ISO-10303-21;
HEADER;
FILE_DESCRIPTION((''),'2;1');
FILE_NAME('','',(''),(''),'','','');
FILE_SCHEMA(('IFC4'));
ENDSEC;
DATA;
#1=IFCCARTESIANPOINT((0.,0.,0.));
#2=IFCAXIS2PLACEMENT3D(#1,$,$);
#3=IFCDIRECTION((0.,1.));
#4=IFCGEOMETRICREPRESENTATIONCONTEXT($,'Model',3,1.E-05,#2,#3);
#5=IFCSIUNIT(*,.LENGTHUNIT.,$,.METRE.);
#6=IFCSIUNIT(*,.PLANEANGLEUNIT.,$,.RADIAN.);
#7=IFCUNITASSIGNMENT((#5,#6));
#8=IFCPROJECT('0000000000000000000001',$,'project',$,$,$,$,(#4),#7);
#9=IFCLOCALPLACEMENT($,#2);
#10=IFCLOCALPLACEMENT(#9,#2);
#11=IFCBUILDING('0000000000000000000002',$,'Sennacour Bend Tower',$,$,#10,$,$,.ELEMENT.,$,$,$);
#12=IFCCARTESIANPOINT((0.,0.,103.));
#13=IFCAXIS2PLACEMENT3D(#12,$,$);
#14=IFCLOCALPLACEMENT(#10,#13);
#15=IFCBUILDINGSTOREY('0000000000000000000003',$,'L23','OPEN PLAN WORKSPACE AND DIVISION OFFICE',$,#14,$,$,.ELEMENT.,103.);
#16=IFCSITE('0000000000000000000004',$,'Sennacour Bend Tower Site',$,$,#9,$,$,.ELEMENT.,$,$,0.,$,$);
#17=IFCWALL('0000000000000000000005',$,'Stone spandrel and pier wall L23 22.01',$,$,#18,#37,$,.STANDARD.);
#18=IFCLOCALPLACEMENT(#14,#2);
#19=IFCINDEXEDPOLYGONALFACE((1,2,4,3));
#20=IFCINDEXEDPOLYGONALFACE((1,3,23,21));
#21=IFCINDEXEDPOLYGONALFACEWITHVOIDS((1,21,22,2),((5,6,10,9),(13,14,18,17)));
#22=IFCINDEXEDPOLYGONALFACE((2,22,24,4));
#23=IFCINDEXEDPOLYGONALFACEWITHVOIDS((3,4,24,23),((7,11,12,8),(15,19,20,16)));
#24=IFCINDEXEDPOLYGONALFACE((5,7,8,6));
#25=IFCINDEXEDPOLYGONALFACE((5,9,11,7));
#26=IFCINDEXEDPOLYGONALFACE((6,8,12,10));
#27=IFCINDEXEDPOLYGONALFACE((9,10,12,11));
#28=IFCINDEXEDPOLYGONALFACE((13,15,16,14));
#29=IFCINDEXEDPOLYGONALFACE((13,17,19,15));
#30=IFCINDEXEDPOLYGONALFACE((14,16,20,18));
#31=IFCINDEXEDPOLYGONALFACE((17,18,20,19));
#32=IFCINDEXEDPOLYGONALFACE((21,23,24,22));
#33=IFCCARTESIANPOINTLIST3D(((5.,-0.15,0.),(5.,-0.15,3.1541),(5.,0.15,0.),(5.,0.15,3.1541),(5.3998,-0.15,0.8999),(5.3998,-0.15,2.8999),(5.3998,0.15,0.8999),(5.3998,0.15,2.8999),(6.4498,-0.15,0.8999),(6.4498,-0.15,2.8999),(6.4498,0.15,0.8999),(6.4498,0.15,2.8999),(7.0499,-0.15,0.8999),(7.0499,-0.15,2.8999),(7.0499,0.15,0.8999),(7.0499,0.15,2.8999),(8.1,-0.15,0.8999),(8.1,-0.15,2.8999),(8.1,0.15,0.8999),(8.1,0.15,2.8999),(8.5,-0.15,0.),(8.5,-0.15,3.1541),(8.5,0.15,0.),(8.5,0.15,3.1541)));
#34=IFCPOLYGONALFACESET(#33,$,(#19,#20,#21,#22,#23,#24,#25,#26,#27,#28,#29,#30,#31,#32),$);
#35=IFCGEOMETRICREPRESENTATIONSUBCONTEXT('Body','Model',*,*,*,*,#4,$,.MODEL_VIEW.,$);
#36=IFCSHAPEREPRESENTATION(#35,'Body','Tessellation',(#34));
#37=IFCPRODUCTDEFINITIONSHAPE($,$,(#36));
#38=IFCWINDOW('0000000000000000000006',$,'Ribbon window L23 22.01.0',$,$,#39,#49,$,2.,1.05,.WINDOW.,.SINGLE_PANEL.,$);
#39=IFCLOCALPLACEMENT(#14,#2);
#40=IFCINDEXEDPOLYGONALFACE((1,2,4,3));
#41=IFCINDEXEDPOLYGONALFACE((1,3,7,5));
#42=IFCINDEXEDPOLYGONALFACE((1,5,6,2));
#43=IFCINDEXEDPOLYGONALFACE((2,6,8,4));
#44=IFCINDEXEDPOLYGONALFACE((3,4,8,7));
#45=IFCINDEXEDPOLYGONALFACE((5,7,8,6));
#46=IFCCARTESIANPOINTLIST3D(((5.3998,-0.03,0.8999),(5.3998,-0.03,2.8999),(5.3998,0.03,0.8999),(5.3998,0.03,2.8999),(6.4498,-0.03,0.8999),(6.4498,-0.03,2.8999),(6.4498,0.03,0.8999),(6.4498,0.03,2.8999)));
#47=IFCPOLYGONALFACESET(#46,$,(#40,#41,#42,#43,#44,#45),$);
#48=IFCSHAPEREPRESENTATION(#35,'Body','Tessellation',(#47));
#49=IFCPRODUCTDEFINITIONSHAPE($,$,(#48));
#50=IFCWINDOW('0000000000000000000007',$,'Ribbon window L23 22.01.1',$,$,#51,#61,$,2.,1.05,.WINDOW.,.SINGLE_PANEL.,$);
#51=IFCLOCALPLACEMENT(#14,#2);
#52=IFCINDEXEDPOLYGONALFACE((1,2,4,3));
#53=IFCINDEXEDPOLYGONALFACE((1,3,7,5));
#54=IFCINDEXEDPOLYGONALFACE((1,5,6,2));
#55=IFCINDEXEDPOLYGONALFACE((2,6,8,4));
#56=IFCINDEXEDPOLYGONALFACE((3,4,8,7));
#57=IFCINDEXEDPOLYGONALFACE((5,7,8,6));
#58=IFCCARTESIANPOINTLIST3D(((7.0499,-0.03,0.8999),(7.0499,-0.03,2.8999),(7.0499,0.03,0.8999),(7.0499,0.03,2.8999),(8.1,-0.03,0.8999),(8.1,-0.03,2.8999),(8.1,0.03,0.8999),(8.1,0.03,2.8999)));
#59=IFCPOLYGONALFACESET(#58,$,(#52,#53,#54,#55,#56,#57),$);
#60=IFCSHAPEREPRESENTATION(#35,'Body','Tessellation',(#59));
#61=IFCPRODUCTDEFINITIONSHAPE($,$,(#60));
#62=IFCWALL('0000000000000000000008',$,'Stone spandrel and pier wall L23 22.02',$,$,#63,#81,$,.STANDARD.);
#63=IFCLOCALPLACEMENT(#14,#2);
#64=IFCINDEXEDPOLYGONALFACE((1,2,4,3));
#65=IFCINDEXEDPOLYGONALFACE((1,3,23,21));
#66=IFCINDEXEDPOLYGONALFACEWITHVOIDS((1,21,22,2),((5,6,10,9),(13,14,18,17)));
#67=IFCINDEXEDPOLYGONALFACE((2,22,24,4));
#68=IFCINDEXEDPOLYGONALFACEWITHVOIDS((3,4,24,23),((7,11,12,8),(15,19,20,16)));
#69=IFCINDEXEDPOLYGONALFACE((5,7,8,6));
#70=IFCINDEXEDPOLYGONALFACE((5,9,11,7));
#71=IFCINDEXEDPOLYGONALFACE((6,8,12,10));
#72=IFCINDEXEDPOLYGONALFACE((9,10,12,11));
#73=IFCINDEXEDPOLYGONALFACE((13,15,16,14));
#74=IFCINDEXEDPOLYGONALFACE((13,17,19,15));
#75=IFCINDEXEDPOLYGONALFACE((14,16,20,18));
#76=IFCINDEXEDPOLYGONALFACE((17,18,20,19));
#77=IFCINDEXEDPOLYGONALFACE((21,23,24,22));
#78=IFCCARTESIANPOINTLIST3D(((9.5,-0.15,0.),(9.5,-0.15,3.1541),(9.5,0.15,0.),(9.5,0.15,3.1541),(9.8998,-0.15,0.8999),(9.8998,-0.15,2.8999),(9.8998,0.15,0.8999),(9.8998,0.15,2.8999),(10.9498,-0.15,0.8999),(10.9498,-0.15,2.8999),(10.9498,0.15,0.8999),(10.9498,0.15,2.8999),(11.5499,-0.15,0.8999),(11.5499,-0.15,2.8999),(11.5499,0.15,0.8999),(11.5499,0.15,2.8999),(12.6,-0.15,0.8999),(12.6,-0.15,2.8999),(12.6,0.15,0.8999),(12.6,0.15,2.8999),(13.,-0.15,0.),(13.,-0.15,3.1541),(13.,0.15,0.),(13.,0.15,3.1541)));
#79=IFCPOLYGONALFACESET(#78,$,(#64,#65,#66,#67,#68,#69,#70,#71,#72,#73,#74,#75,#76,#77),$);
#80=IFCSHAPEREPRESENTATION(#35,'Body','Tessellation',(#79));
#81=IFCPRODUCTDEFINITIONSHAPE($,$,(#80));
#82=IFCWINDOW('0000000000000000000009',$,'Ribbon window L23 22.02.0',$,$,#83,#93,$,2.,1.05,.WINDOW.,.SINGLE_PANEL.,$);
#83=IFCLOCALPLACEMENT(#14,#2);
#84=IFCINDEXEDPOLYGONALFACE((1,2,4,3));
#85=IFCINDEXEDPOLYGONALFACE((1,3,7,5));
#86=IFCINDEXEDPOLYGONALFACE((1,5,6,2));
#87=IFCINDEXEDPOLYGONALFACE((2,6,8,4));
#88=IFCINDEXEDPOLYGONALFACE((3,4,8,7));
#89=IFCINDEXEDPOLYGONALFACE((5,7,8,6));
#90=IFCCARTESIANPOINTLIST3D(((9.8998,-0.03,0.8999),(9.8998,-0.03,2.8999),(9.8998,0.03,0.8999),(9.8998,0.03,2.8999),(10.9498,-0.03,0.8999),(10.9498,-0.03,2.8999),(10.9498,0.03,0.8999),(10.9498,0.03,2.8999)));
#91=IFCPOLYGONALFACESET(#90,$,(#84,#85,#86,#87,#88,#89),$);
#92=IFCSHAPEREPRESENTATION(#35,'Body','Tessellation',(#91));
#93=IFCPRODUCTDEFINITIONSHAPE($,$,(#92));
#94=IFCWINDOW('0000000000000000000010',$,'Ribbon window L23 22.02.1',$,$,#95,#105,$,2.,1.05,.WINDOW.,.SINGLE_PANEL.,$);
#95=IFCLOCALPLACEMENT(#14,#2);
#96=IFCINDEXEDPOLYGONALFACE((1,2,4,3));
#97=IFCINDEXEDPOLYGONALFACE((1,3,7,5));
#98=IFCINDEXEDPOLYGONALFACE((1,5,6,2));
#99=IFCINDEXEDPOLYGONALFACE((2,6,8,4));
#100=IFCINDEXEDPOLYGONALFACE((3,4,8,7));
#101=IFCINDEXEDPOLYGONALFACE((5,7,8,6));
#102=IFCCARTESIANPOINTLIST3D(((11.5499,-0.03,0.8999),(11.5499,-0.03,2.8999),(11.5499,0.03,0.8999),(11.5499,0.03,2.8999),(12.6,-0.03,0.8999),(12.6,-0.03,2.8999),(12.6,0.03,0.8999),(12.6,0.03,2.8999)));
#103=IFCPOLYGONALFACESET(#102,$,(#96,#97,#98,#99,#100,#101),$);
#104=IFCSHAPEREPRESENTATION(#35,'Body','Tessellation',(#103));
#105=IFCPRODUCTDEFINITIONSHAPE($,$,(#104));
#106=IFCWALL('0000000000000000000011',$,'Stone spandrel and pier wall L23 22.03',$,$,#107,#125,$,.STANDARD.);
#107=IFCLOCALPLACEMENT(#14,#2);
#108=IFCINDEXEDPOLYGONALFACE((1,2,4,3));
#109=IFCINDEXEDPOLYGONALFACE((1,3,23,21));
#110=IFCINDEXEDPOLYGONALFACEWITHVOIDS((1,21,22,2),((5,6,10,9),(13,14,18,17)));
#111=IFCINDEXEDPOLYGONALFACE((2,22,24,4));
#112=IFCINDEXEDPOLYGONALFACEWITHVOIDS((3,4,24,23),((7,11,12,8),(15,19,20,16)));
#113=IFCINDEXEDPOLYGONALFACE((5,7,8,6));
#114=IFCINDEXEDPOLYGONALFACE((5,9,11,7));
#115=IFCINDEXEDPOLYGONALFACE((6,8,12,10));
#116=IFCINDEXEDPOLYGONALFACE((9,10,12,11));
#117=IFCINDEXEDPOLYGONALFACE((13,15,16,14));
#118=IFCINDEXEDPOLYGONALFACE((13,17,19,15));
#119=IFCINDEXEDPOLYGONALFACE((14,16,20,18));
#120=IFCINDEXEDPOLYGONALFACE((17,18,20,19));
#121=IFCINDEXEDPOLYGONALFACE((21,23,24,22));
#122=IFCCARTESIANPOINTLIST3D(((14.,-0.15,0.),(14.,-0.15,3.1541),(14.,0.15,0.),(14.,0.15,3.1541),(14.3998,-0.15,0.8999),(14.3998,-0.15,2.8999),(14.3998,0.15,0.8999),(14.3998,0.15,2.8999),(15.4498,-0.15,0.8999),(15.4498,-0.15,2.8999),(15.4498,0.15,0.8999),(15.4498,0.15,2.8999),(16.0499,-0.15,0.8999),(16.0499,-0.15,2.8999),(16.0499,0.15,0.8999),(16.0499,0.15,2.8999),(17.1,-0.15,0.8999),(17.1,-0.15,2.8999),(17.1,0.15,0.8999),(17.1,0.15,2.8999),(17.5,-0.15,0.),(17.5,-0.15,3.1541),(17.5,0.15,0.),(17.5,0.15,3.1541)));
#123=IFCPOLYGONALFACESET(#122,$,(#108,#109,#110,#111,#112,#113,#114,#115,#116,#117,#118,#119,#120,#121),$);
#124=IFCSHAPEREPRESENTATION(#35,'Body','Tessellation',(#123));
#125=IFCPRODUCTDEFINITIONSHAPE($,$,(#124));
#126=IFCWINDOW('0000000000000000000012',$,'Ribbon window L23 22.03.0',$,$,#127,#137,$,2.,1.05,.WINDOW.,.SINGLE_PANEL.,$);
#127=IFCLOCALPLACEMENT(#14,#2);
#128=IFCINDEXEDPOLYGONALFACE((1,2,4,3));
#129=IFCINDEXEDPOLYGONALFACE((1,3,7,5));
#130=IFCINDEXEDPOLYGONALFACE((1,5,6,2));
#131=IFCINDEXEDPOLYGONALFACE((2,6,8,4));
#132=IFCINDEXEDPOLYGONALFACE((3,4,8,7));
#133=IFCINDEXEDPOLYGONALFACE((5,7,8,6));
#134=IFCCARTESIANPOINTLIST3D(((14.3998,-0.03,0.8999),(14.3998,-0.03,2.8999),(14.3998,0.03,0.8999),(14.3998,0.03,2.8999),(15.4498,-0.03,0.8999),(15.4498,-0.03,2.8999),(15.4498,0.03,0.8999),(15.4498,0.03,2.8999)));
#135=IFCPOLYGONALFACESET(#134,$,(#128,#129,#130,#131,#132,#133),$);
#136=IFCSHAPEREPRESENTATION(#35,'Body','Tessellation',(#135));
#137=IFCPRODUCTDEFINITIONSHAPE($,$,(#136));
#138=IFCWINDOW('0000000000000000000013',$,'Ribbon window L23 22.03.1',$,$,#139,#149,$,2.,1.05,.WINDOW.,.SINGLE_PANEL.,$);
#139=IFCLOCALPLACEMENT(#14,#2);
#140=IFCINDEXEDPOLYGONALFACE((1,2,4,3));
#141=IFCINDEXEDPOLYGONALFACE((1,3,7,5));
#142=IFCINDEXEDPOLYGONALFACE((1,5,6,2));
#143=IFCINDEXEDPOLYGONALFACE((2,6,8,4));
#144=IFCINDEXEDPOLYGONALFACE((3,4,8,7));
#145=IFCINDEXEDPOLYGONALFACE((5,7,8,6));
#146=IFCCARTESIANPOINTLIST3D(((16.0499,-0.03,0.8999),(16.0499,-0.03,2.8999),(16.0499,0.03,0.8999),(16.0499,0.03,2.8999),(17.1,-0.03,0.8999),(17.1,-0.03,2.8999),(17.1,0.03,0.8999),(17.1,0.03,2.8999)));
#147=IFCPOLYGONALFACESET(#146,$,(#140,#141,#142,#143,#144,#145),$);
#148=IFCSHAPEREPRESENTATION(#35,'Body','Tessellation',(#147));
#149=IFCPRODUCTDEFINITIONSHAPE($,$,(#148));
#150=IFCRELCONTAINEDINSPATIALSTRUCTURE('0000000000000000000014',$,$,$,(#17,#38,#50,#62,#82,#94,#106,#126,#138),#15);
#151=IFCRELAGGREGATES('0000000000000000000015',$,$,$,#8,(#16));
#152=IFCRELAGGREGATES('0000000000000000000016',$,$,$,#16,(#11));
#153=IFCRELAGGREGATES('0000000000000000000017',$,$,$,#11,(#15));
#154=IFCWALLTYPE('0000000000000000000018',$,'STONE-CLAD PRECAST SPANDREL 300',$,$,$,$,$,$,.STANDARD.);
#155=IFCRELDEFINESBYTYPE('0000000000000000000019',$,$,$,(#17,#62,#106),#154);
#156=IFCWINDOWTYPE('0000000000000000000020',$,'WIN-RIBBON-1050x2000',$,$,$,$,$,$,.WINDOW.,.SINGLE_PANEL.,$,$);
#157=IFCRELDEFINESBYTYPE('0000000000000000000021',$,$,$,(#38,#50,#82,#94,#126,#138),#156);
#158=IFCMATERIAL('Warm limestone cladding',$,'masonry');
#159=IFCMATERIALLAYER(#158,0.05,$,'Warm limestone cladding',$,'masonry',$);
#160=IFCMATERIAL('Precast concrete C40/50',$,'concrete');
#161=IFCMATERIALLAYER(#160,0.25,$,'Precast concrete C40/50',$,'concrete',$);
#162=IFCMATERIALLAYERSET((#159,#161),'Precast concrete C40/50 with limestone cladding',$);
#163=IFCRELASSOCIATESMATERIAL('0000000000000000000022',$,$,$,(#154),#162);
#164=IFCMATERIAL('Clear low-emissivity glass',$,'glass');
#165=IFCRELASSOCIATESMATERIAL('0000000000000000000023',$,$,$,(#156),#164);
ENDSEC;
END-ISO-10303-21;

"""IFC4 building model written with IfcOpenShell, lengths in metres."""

from ifc_helpers import new_model, si_unit, direction, frame, frame_2d, origin, place, context, subcontext, project, spatial, rectangle, extrude, material, layer, layer_set, type_object, element, fill, save


model = new_model("IFC4")

# Units and contexts
model_context = context("Model", 3, precision=1e-05, world=origin(), true_north=direction((0.0, 1.0)))
body_context = subcontext(model_context, "Body", "Model", "MODEL_VIEW")
ifc_project = project(units=[si_unit("LENGTHUNIT", "METRE"), si_unit("PLANEANGLEUNIT", "RADIAN")], contexts=[model_context])

# Site, building, storey
site_placement = place(None, origin())
site = spatial("IfcSite", under=ifc_project, at=site_placement, Name="Sennacour Bend Tower Site", CompositionType="ELEMENT", RefElevation=0.0)
building_placement = place(site_placement, origin())
building = spatial("IfcBuilding", under=site, at=building_placement, Name="Sennacour Bend Tower", CompositionType="ELEMENT")
storey_placement = place(building_placement, frame((0.0, 0.0, 103.0)))
storey = spatial("IfcBuildingStorey", under=building, at=storey_placement, Name="L23", Description="OPEN PLAN WORKSPACE AND DIVISION OFFICE", CompositionType="ELEMENT", Elevation=103.0)

# Walls, openings, windows
ifc_material_1 = material(Name="Warm limestone cladding", Category="masonry")
ifc_layer_1 = layer(ifc_material_1, 0.05, Name="Warm limestone cladding", Category="masonry")
ifc_material_2 = material(Name="Precast concrete C40/50", Category="concrete")
ifc_layer_2 = layer(ifc_material_2, 0.25, Name="Precast concrete C40/50", Category="concrete")
ifc_layer_set_1 = layer_set([ifc_layer_1, ifc_layer_2], Name="Precast concrete C40/50 with limestone cladding")
wall_type_1 = type_object("IfcWallType", Name="STONE-CLAD PRECAST SPANDREL 300", PredefinedType="STANDARD", material=ifc_layer_set_1)
wall_1_placement = place(storey_placement, frame((5.0, 0.0, 0.0), z_axis=(0.0, 0.0, 1.0), x_axis=(1.0, 0.0, 0.0)))
wall_1 = element("IfcWall", 1, at=wall_1_placement, inside=storey, type_object=wall_type_1, Name="Stone spandrel and pier wall L23 22.01", PredefinedType="STANDARD", context=body_context, shape_type="SweptSolid", body=[
    extrude(rectangle(XDim=3.5, YDim=0.3, at=frame_2d((1.75, 0.0))), origin(), (0.0, 0.0, 1.0), 3.1541),
])
opening_1_placement = place(wall_1_placement, frame((0.3999, 0.0, 0.8999)))
opening_1 = element("IfcOpeningElement", 2, at=opening_1_placement, cuts=wall_1, PredefinedType="OPENING", context=body_context, shape_type="SweptSolid", body=[
    extrude(rectangle(XDim=1.05, YDim=2.0, at=frame_2d((0.5249, 1.0))), frame((0.0, 0.1602, 0.0), z_axis=(0.0, -1.0, 0.0), x_axis=(1.0, 0.0, 0.0)), (0.0, 0.0, 1.0), 0.3201),
])
opening_2_placement = place(wall_1_placement, frame((2.05, 0.0, 0.8999)))
opening_2 = element("IfcOpeningElement", 3, at=opening_2_placement, cuts=wall_1, PredefinedType="OPENING", context=body_context, shape_type="SweptSolid", body=[
    extrude(rectangle(XDim=1.05, YDim=2.0, at=frame_2d((0.5249, 1.0))), frame((0.0, 0.1602, 0.0), z_axis=(0.0, -1.0, 0.0), x_axis=(1.0, 0.0, 0.0)), (0.0, 0.0, 1.0), 0.3201),
])
ifc_material_3 = material(Name="Clear low-emissivity glass", Category="glass")
window_type = type_object("IfcWindowType", Name="WIN-RIBBON-1050x2000", PartitioningType="SINGLE_PANEL", PredefinedType="WINDOW", material=ifc_material_3)
window_1_placement = place(opening_1_placement, origin())
window_1 = element("IfcWindow", 4, at=window_1_placement, inside=storey, type_object=window_type, Name="Ribbon window L23 22.01.0", OverallHeight=2.0, OverallWidth=1.05, PartitioningType="SINGLE_PANEL", PredefinedType="WINDOW", context=body_context, shape_type="SweptSolid", body=[
    extrude(rectangle(XDim=1.05, YDim=2.0, at=frame_2d((0.5249, 1.0))), frame((0.0, 0.03, 0.0), z_axis=(0.0, -1.0, 0.0), x_axis=(1.0, 0.0, 0.0)), (0.0, 0.0, 1.0), 0.0601),
])
fill(opening_1, window_1)
window_2_placement = place(opening_2_placement, origin())
window_2 = element("IfcWindow", 5, at=window_2_placement, inside=storey, type_object=window_type, Name="Ribbon window L23 22.01.1", OverallHeight=2.0, OverallWidth=1.05, PartitioningType="SINGLE_PANEL", PredefinedType="WINDOW", context=body_context, shape_type="SweptSolid", body=[
    extrude(rectangle(XDim=1.05, YDim=2.0, at=frame_2d((0.5249, 1.0))), frame((0.0, 0.03, 0.0), z_axis=(0.0, -1.0, 0.0), x_axis=(1.0, 0.0, 0.0)), (0.0, 0.0, 1.0), 0.0601),
])
fill(opening_2, window_2)
wall_2_placement = place(storey_placement, frame((9.5, 0.0, 0.0), z_axis=(0.0, 0.0, 1.0), x_axis=(1.0, 0.0, 0.0)))
wall_2 = element("IfcWall", 6, at=wall_2_placement, inside=storey, type_object=wall_type_1, Name="Stone spandrel and pier wall L23 22.02", PredefinedType="STANDARD", context=body_context, shape_type="SweptSolid", body=[
    extrude(rectangle(XDim=3.5, YDim=0.3, at=frame_2d((1.75, 0.0))), origin(), (0.0, 0.0, 1.0), 3.1541),
])
opening_3_placement = place(wall_2_placement, frame((0.3999, 0.0, 0.8999)))
opening_3 = element("IfcOpeningElement", 7, at=opening_3_placement, cuts=wall_2, PredefinedType="OPENING", context=body_context, shape_type="SweptSolid", body=[
    extrude(rectangle(XDim=1.05, YDim=2.0, at=frame_2d((0.5249, 1.0))), frame((0.0, 0.1602, 0.0), z_axis=(0.0, -1.0, 0.0), x_axis=(1.0, 0.0, 0.0)), (0.0, 0.0, 1.0), 0.3201),
])
opening_4_placement = place(wall_2_placement, frame((2.05, 0.0, 0.8999)))
opening_4 = element("IfcOpeningElement", 8, at=opening_4_placement, cuts=wall_2, PredefinedType="OPENING", context=body_context, shape_type="SweptSolid", body=[
    extrude(rectangle(XDim=1.05, YDim=2.0, at=frame_2d((0.5249, 1.0))), frame((0.0, 0.1602, 0.0), z_axis=(0.0, -1.0, 0.0), x_axis=(1.0, 0.0, 0.0)), (0.0, 0.0, 1.0), 0.3201),
])
window_3_placement = place(opening_3_placement, origin())
window_3 = element("IfcWindow", 9, at=window_3_placement, inside=storey, type_object=window_type, Name="Ribbon window L23 22.02.0", OverallHeight=2.0, OverallWidth=1.05, PartitioningType="SINGLE_PANEL", PredefinedType="WINDOW", context=body_context, shape_type="SweptSolid", body=[
    extrude(rectangle(XDim=1.05, YDim=2.0, at=frame_2d((0.5249, 1.0))), frame((0.0, 0.03, 0.0), z_axis=(0.0, -1.0, 0.0), x_axis=(1.0, 0.0, 0.0)), (0.0, 0.0, 1.0), 0.0601),
])
fill(opening_3, window_3)
window_4_placement = place(opening_4_placement, origin())
window_4 = element("IfcWindow", 10, at=window_4_placement, inside=storey, type_object=window_type, Name="Ribbon window L23 22.02.1", OverallHeight=2.0, OverallWidth=1.05, PartitioningType="SINGLE_PANEL", PredefinedType="WINDOW", context=body_context, shape_type="SweptSolid", body=[
    extrude(rectangle(XDim=1.05, YDim=2.0, at=frame_2d((0.5249, 1.0))), frame((0.0, 0.03, 0.0), z_axis=(0.0, -1.0, 0.0), x_axis=(1.0, 0.0, 0.0)), (0.0, 0.0, 1.0), 0.0601),
])
fill(opening_4, window_4)
wall_3_placement = place(storey_placement, frame((14.0, 0.0, 0.0), z_axis=(0.0, 0.0, 1.0), x_axis=(1.0, 0.0, 0.0)))
wall_3 = element("IfcWall", 11, at=wall_3_placement, inside=storey, type_object=wall_type_1, Name="Stone spandrel and pier wall L23 22.03", PredefinedType="STANDARD", context=body_context, shape_type="SweptSolid", body=[
    extrude(rectangle(XDim=3.5, YDim=0.3, at=frame_2d((1.75, 0.0))), origin(), (0.0, 0.0, 1.0), 3.1541),
])
opening_5_placement = place(wall_3_placement, frame((0.3999, 0.0, 0.8999)))
opening_5 = element("IfcOpeningElement", 12, at=opening_5_placement, cuts=wall_3, PredefinedType="OPENING", context=body_context, shape_type="SweptSolid", body=[
    extrude(rectangle(XDim=1.05, YDim=2.0, at=frame_2d((0.5249, 1.0))), frame((0.0, 0.1602, 0.0), z_axis=(0.0, -1.0, 0.0), x_axis=(1.0, 0.0, 0.0)), (0.0, 0.0, 1.0), 0.3201),
])
opening_6_placement = place(wall_3_placement, frame((2.05, 0.0, 0.8999)))
opening_6 = element("IfcOpeningElement", 13, at=opening_6_placement, cuts=wall_3, PredefinedType="OPENING", context=body_context, shape_type="SweptSolid", body=[
    extrude(rectangle(XDim=1.05, YDim=2.0, at=frame_2d((0.5249, 1.0))), frame((0.0, 0.1602, 0.0), z_axis=(0.0, -1.0, 0.0), x_axis=(1.0, 0.0, 0.0)), (0.0, 0.0, 1.0), 0.3201),
])
window_5_placement = place(opening_5_placement, origin())
window_5 = element("IfcWindow", 14, at=window_5_placement, inside=storey, type_object=window_type, Name="Ribbon window L23 22.03.0", OverallHeight=2.0, OverallWidth=1.05, PartitioningType="SINGLE_PANEL", PredefinedType="WINDOW", context=body_context, shape_type="SweptSolid", body=[
    extrude(rectangle(XDim=1.05, YDim=2.0, at=frame_2d((0.5249, 1.0))), frame((0.0, 0.03, 0.0), z_axis=(0.0, -1.0, 0.0), x_axis=(1.0, 0.0, 0.0)), (0.0, 0.0, 1.0), 0.0601),
])
fill(opening_5, window_5)
window_6_placement = place(opening_6_placement, origin())
window_6 = element("IfcWindow", 15, at=window_6_placement, inside=storey, type_object=window_type, Name="Ribbon window L23 22.03.1", OverallHeight=2.0, OverallWidth=1.05, PartitioningType="SINGLE_PANEL", PredefinedType="WINDOW", context=body_context, shape_type="SweptSolid", body=[
    extrude(rectangle(XDim=1.05, YDim=2.0, at=frame_2d((0.5249, 1.0))), frame((0.0, 0.03, 0.0), z_axis=(0.0, -1.0, 0.0), x_axis=(1.0, 0.0, 0.0)), (0.0, 0.0, 1.0), 0.0601),
])
fill(opening_6, window_6)

save(model, "model.ifc")
